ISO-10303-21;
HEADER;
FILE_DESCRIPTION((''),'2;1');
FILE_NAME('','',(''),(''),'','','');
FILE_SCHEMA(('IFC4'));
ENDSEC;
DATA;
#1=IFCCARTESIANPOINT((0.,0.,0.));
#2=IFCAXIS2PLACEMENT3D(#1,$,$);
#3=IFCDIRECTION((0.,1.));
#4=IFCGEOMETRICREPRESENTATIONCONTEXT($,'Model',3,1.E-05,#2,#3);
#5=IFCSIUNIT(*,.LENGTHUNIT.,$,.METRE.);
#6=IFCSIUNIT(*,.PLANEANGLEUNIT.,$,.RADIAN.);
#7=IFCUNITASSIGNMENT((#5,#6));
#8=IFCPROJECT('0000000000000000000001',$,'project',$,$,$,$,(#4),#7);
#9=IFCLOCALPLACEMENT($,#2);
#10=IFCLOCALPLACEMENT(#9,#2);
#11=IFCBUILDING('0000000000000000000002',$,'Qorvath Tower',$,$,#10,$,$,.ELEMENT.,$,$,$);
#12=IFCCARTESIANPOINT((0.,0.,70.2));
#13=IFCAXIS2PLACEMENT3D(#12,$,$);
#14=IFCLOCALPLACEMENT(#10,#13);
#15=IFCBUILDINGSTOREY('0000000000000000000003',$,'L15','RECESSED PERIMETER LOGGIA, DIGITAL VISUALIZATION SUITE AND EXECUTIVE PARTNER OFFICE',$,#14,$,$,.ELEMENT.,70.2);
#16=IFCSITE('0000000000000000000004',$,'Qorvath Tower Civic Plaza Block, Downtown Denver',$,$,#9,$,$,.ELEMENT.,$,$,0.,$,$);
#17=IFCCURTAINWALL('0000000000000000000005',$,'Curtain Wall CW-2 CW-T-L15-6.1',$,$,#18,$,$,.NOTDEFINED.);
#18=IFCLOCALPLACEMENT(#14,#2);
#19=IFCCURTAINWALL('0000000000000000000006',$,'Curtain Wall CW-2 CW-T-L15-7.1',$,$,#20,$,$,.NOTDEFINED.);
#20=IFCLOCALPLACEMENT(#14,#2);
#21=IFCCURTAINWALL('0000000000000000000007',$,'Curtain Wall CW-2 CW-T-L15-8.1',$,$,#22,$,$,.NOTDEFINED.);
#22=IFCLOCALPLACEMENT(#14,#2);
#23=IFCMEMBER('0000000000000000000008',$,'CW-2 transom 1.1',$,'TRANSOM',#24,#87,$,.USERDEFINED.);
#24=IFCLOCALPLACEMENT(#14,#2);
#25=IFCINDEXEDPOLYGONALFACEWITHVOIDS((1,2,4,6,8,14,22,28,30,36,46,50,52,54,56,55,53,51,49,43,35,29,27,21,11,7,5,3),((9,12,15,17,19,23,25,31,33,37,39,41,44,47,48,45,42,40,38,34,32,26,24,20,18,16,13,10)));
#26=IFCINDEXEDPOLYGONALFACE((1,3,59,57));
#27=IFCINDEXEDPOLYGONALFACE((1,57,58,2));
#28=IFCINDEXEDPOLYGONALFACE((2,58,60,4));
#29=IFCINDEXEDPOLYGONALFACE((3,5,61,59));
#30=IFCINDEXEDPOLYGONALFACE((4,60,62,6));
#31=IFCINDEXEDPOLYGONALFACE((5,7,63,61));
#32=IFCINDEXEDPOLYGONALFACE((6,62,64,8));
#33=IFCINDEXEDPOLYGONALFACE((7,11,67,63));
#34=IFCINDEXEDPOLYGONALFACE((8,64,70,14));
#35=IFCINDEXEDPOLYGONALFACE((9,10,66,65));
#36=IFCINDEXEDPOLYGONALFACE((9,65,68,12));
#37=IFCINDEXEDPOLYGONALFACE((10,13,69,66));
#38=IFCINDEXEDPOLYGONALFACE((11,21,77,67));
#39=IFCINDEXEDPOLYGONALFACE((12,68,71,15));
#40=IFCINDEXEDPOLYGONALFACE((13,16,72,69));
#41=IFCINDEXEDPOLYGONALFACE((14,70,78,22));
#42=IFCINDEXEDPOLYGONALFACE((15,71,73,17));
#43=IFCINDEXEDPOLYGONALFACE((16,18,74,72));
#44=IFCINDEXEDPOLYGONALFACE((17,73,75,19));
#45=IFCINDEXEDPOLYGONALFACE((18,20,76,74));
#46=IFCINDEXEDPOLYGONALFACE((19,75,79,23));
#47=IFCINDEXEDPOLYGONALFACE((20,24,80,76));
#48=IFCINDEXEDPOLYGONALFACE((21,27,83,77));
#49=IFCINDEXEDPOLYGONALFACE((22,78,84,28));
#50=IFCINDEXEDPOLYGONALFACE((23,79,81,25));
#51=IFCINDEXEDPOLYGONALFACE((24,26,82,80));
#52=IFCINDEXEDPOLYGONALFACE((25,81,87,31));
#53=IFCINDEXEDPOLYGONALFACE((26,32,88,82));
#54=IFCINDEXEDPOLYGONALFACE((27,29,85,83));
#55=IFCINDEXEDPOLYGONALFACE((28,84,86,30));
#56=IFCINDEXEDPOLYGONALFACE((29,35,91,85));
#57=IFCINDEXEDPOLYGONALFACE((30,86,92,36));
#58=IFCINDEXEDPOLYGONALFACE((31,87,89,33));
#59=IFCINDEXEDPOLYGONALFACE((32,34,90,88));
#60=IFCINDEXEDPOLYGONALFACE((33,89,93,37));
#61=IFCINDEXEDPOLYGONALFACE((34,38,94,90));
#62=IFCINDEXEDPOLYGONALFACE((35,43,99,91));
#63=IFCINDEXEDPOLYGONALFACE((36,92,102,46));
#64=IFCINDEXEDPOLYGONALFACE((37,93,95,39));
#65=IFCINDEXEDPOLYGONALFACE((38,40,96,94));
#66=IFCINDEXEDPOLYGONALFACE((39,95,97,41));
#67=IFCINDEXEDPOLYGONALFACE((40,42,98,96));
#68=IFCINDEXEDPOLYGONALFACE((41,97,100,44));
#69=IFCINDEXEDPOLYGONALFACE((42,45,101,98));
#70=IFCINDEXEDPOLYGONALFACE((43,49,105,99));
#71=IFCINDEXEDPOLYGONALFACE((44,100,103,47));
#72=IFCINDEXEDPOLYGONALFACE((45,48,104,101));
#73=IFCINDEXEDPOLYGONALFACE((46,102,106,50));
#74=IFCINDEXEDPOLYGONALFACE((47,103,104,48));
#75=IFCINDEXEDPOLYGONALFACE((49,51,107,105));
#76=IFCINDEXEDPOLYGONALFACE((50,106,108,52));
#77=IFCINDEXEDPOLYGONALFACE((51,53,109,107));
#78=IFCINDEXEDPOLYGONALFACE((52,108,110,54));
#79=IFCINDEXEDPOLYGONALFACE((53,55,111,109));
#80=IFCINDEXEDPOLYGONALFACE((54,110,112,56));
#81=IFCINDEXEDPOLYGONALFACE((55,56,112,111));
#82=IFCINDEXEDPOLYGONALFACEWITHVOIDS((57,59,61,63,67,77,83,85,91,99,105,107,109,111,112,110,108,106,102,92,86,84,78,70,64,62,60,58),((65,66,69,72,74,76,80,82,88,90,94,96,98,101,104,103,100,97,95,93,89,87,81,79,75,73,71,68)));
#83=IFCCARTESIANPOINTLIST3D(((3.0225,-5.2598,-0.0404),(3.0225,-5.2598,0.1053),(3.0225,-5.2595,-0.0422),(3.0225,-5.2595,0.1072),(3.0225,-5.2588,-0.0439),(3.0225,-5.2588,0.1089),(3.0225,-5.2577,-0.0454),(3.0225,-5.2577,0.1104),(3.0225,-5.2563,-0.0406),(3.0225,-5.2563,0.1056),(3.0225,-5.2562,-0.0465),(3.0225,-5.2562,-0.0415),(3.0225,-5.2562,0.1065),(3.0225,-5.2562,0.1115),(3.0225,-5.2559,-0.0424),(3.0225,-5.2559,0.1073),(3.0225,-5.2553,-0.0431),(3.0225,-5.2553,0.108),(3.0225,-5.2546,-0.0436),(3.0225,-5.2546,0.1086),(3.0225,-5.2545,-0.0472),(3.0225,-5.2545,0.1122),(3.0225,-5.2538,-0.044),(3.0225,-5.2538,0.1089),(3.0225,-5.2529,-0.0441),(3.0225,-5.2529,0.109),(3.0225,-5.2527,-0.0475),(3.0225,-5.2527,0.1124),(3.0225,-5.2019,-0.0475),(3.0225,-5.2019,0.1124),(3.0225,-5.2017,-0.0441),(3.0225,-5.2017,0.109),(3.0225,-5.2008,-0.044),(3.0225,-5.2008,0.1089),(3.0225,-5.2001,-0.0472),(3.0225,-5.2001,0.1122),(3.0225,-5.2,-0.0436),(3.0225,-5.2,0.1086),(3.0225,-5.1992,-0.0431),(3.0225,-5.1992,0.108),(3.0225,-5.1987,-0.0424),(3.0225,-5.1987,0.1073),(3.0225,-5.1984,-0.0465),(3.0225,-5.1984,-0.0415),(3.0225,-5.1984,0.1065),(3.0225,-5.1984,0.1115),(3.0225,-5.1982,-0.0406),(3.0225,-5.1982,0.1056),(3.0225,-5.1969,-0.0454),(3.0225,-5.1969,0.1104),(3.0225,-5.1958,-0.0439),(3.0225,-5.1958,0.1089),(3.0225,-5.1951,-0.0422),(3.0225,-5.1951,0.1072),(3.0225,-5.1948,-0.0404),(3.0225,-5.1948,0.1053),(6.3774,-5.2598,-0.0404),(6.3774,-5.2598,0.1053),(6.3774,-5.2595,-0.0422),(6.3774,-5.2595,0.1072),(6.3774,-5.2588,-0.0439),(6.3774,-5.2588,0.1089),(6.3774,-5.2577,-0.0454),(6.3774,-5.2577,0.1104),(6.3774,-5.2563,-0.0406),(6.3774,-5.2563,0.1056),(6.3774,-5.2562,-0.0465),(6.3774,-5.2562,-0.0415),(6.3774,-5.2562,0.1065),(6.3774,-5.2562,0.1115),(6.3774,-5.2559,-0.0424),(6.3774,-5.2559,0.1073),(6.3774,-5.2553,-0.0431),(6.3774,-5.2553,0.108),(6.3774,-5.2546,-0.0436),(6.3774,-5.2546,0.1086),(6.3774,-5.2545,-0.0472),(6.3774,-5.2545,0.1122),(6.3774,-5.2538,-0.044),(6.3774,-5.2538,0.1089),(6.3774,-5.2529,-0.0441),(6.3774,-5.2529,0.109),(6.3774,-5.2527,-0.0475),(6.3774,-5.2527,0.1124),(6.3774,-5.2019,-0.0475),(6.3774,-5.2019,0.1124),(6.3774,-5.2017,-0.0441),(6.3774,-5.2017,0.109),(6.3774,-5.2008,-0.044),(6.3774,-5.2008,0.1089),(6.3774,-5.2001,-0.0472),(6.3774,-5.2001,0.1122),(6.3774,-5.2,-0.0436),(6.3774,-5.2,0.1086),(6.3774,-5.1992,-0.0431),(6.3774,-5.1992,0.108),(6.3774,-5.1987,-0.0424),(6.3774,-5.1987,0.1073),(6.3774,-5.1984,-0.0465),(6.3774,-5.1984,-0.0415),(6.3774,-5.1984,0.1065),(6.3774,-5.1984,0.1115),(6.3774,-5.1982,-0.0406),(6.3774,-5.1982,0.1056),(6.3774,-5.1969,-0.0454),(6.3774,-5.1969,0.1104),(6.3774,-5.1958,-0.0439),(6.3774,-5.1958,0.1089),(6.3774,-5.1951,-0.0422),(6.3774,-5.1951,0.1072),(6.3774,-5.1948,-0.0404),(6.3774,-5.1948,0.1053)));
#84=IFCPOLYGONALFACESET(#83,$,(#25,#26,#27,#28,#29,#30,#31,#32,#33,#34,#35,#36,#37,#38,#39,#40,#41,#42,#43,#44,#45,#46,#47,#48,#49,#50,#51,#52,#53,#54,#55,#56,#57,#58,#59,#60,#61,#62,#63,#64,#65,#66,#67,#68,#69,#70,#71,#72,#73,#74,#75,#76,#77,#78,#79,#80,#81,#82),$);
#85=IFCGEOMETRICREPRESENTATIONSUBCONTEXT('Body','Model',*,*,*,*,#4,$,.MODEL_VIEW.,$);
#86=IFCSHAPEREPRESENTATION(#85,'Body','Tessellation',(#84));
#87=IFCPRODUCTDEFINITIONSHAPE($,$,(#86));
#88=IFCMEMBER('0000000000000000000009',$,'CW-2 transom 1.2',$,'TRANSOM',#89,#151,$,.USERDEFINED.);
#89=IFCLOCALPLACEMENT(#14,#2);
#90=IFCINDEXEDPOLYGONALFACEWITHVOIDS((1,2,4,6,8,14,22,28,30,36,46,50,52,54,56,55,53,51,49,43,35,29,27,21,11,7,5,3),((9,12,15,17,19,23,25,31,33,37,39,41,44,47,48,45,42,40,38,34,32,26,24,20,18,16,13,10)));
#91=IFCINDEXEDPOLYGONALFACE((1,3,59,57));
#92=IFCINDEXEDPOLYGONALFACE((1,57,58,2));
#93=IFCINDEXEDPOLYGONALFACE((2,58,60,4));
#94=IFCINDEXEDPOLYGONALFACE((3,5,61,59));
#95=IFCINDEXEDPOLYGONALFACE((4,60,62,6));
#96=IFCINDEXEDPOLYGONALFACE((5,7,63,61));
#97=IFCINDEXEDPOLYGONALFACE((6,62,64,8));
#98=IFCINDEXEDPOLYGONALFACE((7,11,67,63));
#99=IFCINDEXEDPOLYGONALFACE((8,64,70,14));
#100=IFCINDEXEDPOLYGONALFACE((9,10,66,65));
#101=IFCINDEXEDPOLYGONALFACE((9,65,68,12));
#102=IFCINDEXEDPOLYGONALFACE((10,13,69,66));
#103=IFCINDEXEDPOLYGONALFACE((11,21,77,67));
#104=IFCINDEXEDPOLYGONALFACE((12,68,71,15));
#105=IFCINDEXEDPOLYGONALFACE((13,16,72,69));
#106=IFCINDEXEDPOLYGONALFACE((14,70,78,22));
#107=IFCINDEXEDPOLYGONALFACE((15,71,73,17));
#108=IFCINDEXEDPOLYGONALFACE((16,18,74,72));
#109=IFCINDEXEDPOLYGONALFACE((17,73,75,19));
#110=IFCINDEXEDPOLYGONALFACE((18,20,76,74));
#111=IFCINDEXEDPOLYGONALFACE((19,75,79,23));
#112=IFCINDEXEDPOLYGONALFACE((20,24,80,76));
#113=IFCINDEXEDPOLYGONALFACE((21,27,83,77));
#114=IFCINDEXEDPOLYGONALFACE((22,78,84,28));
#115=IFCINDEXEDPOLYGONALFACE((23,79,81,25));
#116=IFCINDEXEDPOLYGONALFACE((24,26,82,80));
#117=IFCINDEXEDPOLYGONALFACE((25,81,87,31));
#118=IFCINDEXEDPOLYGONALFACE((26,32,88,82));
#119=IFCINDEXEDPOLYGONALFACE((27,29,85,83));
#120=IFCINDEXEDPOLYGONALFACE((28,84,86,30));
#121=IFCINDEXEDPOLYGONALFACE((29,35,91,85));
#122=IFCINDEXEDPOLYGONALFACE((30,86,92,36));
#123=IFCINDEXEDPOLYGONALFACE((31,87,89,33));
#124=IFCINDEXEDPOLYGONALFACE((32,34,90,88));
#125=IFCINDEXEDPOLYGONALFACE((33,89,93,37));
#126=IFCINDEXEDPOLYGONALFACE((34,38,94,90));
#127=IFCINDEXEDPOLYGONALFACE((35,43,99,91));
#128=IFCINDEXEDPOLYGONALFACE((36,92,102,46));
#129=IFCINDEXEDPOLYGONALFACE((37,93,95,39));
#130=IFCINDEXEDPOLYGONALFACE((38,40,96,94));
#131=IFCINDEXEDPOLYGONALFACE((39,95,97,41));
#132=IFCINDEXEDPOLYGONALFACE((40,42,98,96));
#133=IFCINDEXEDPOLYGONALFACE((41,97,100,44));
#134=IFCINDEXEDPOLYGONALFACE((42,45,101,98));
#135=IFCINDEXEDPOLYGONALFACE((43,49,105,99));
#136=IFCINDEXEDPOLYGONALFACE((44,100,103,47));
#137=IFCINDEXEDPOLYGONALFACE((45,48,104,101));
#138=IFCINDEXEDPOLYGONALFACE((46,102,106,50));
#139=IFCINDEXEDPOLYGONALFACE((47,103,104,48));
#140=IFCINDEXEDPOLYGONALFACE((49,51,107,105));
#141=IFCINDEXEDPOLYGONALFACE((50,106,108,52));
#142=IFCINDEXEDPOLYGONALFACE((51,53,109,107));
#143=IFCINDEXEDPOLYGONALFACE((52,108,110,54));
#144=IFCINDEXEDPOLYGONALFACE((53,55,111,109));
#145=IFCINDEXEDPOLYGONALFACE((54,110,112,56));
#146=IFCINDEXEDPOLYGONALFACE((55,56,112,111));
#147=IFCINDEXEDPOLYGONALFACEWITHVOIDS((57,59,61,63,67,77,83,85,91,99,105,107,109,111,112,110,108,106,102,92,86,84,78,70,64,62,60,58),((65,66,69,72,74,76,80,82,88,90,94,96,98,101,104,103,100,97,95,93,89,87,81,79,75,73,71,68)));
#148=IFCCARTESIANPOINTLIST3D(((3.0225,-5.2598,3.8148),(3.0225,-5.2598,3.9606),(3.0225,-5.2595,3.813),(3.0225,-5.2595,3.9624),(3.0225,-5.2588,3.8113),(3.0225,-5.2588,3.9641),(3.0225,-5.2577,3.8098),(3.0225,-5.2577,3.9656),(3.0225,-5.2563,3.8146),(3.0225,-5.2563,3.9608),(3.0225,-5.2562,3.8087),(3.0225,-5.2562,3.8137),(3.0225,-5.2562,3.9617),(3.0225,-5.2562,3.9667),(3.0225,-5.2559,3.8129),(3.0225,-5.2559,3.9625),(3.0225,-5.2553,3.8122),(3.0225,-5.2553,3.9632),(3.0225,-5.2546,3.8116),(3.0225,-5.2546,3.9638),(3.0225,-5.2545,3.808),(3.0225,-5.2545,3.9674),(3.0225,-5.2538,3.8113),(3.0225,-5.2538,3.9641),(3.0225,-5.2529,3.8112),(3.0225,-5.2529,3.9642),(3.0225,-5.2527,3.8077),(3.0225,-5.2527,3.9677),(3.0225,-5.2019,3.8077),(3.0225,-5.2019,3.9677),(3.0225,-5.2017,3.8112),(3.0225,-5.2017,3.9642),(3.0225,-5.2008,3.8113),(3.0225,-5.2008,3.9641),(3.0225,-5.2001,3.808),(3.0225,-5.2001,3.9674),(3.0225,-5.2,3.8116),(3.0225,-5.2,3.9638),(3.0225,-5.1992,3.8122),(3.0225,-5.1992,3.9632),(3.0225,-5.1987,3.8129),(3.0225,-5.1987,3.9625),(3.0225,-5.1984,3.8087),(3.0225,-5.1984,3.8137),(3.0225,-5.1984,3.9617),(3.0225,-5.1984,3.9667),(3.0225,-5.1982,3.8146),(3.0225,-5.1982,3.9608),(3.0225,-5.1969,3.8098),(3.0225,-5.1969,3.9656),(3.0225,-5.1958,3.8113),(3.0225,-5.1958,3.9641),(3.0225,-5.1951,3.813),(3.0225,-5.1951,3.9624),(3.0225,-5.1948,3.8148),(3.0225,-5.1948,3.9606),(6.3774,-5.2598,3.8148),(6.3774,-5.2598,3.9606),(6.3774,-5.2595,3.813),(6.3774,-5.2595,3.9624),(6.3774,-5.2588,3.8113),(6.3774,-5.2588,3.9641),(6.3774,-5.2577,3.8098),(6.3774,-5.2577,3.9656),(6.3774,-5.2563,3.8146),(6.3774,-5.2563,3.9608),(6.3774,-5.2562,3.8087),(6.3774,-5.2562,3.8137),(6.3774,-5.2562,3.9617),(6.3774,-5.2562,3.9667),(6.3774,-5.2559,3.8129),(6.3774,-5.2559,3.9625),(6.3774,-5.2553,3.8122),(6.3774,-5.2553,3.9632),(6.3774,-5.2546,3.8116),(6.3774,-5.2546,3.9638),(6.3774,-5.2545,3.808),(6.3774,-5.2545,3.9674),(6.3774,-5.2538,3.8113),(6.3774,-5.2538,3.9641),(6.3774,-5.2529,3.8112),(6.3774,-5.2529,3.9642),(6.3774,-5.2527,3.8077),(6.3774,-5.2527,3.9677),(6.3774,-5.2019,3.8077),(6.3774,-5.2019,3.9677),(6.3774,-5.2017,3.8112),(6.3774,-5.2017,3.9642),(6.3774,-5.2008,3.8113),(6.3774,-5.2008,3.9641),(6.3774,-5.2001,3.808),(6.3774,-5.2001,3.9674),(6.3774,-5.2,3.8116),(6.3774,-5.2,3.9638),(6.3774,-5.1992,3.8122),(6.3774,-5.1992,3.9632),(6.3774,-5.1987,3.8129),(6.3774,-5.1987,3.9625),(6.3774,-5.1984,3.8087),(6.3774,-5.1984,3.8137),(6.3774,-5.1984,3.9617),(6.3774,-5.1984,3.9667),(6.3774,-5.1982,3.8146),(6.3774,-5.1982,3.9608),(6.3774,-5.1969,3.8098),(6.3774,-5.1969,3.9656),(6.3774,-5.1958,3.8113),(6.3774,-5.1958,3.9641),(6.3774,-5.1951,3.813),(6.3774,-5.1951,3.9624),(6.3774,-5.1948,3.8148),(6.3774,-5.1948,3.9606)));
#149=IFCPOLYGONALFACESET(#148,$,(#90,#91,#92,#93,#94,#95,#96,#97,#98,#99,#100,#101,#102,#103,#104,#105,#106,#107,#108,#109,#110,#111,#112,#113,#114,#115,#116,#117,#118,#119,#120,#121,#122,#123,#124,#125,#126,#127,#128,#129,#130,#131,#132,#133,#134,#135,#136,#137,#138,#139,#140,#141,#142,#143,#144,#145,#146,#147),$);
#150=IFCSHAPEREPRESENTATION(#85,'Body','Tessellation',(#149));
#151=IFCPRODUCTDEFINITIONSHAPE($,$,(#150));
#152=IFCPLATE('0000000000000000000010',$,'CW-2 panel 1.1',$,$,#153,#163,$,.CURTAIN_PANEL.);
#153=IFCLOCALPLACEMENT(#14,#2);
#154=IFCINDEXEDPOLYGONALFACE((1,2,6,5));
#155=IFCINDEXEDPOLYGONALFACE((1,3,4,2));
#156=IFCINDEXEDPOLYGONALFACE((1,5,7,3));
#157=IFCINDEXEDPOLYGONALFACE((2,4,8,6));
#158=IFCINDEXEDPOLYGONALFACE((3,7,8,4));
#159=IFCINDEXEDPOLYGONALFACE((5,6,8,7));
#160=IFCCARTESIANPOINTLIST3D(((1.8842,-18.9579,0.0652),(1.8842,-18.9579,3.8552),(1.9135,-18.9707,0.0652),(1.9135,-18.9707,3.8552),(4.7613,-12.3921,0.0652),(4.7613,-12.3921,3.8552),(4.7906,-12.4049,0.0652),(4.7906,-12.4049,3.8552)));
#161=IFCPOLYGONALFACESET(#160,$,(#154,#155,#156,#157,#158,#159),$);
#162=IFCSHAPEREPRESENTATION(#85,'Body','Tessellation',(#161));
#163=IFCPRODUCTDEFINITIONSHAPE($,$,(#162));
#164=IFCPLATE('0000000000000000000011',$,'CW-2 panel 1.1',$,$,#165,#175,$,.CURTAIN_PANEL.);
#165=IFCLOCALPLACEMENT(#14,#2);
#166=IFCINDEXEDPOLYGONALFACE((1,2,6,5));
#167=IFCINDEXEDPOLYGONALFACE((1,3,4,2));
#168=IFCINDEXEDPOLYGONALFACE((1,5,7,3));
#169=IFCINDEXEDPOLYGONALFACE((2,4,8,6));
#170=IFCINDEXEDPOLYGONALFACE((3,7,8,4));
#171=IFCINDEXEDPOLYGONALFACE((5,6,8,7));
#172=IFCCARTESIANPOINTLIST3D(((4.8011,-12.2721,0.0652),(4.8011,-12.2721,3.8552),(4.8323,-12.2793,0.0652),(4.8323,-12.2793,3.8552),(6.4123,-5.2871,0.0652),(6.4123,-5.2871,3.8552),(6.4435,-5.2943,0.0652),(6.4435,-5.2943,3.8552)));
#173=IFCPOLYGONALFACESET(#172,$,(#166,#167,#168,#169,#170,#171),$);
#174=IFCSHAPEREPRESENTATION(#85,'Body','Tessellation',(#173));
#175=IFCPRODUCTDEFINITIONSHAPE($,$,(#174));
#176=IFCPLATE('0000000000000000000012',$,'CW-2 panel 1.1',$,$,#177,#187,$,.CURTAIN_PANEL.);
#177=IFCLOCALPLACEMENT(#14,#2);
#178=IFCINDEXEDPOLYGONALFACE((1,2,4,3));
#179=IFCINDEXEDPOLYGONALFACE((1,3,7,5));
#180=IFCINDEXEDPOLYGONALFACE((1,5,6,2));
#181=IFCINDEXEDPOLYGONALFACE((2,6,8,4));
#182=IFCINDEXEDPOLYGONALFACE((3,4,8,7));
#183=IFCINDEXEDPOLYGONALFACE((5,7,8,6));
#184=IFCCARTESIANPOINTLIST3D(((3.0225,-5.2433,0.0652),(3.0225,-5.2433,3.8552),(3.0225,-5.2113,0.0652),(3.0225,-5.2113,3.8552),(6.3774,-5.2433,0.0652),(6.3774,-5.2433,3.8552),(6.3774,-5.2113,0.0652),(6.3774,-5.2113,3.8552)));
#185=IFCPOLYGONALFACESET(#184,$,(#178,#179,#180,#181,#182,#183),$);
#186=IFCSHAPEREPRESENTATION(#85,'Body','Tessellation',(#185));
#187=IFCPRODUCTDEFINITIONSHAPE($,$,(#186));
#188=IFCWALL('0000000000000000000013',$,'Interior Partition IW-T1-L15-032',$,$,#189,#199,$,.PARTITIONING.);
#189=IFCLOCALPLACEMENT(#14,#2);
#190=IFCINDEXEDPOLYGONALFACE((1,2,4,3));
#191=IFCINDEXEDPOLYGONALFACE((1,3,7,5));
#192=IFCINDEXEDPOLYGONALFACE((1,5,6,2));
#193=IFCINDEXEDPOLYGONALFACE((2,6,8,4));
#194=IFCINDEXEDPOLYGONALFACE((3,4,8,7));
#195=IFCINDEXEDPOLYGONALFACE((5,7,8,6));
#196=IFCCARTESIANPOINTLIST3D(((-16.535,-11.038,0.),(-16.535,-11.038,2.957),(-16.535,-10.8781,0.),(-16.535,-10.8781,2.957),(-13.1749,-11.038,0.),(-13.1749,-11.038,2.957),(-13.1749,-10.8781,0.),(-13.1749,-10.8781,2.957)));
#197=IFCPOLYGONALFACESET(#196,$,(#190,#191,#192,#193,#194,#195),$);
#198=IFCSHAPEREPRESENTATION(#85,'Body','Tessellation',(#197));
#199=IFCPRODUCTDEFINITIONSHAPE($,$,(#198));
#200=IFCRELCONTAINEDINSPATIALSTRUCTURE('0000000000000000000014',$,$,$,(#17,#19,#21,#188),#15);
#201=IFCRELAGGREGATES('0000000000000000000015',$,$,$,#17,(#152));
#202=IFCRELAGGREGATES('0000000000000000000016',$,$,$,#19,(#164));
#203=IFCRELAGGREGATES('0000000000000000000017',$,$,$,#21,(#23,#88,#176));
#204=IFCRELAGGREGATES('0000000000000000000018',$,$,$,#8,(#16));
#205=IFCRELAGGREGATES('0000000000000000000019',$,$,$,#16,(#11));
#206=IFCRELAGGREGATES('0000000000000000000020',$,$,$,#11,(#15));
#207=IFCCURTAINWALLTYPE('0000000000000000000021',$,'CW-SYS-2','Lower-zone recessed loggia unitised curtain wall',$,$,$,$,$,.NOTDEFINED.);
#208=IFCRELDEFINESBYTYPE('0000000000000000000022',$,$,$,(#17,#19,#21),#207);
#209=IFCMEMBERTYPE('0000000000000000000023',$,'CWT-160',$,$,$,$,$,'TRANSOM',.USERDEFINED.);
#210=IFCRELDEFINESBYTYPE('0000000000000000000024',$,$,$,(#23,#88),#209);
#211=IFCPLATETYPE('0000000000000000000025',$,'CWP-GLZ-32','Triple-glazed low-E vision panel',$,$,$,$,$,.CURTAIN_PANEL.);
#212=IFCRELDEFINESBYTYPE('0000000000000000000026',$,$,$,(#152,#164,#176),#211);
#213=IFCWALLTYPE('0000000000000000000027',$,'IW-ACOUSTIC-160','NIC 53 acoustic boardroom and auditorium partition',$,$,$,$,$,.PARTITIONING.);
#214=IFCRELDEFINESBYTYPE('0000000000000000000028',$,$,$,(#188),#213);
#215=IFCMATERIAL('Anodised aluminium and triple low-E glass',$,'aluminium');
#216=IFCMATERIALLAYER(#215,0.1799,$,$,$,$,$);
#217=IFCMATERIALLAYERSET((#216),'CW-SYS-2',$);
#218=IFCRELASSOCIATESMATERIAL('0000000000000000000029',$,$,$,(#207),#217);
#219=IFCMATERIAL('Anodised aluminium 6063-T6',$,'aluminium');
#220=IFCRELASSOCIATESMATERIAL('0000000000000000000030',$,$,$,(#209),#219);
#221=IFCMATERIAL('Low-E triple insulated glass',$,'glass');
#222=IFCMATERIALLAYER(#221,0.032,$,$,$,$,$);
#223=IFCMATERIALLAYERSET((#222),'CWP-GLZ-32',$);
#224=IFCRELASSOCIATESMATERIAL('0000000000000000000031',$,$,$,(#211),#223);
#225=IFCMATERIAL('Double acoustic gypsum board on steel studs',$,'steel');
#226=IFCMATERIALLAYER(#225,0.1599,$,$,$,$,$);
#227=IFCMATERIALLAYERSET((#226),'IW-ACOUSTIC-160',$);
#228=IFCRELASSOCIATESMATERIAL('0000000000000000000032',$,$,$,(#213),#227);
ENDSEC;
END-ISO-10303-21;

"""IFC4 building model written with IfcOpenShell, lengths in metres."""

from ifc_helpers import new_model, si_unit, direction, frame, frame_2d, origin, origin_2d, place, context, subcontext, project, spatial, rectangle, hollow_rectangle, extrude, material, layer, layer_set, material_profile, profile_set, type_object, element, aggregate, save


model = new_model("IFC4")

# Units and contexts
model_context = context("Model", 3, precision=1e-05, world=origin(), true_north=direction((0.0, 1.0)))
body_context = subcontext(model_context, "Body", "Model", "MODEL_VIEW")
ifc_project = project(units=[si_unit("LENGTHUNIT", "METRE"), si_unit("PLANEANGLEUNIT", "RADIAN")], contexts=[model_context])

# Site, building, storey
site_placement = place(None, origin())
site = spatial("IfcSite", under=ifc_project, at=site_placement, Name="Qorvath Tower Civic Plaza Block, Downtown Denver", CompositionType="ELEMENT", RefElevation=0.0)
building_placement = place(site_placement, origin())
building = spatial("IfcBuilding", under=site, at=building_placement, Name="Qorvath Tower", CompositionType="ELEMENT")
storey_placement = place(building_placement, frame((0.0, 0.0, 70.2)))
storey = spatial("IfcBuildingStorey", under=building, at=storey_placement, Name="L15", Description="RECESSED PERIMETER LOGGIA, DIGITAL VISUALIZATION SUITE AND EXECUTIVE PARTNER OFFICE", CompositionType="ELEMENT", Elevation=70.2)

# Curtain wall
ifc_material_1 = material(Name="Anodised aluminium and triple low-E glass", Category="aluminium")
ifc_layer_1 = layer(ifc_material_1, 0.1799)
ifc_layer_set_1 = layer_set([ifc_layer_1], Name="CW-SYS-2")
curtain_wall_type = type_object("IfcCurtainWallType", Name="CW-SYS-2", Description="Lower-zone recessed loggia unitised curtain wall", PredefinedType="NOTDEFINED", material=ifc_layer_set_1)
curtain_wall_1_placement = place(storey_placement, origin())
curtain_wall_1 = element("IfcCurtainWall", 1, at=curtain_wall_1_placement, inside=storey, type_object=curtain_wall_type, Name="Curtain Wall CW-2 CW-T-L15-6.1", PredefinedType="NOTDEFINED")

# Curtain walls
curtain_wall_2_placement = place(storey_placement, origin())
curtain_wall_2 = element("IfcCurtainWall", 2, at=curtain_wall_2_placement, inside=storey, type_object=curtain_wall_type, Name="Curtain Wall CW-2 CW-T-L15-7.1", PredefinedType="NOTDEFINED")
curtain_wall_3_placement = place(storey_placement, origin())
curtain_wall_3 = element("IfcCurtainWall", 3, at=curtain_wall_3_placement, inside=storey, type_object=curtain_wall_type, Name="Curtain Wall CW-2 CW-T-L15-8.1", PredefinedType="NOTDEFINED")

# Members
ifc_material_2 = material(Name="Anodised aluminium 6063-T6", Category="aluminium")
ifc_material_profile_1 = material_profile(ifc_material_2, hollow_rectangle(XDim=0.0649, YDim=0.1599, WallThickness=0.0034, InnerFilletRadius=0.0034, OuterFilletRadius=0.0071, at=origin_2d()), Name="CWT 160x65")
ifc_profile_set_1 = profile_set([ifc_material_profile_1], Name="Anodised aluminium 6063-T6")
member_type_1 = type_object("IfcMemberType", Name="CWT-160", ElementType="TRANSOM", PredefinedType="USERDEFINED", material=ifc_profile_set_1)
member_1_placement = place(storey_placement, frame((6.3774, -5.2273, 0.0325), z_axis=(-1.0, 0.0, 0.0), x_axis=(0.0, -1.0, 0.0)))
member_1 = element("IfcMember", 4, at=member_1_placement, type_object=member_type_1, Name="CW-2 transom 1.1", ObjectType="TRANSOM", PredefinedType="USERDEFINED", context=body_context, shape_type="SweptSolid", body=[
    extrude(hollow_rectangle(XDim=0.0649, YDim=0.1599, WallThickness=0.0034, InnerFilletRadius=0.0034, OuterFilletRadius=0.0071, at=origin_2d()), origin(), (0.0, 0.0, 1.0), 3.355),
])
member_2_placement = place(storey_placement, frame((6.3774, -5.2273, 3.8877), z_axis=(-1.0, 0.0, 0.0), x_axis=(0.0, -1.0, 0.0)))
member_2 = element("IfcMember", 5, at=member_2_placement, type_object=member_type_1, Name="CW-2 transom 1.2", ObjectType="TRANSOM", PredefinedType="USERDEFINED", context=body_context, shape_type="SweptSolid", body=[
    extrude(hollow_rectangle(XDim=0.0649, YDim=0.1599, WallThickness=0.0034, InnerFilletRadius=0.0034, OuterFilletRadius=0.0071, at=origin_2d()), origin(), (0.0, 0.0, 1.0), 3.355),
])

# Plates
ifc_material_3 = material(Name="Low-E triple insulated glass", Category="glass")
ifc_layer_2 = layer(ifc_material_3, 0.032)
ifc_layer_set_2 = layer_set([ifc_layer_2], Name="CWP-GLZ-32")
plate_type = type_object("IfcPlateType", Name="CWP-GLZ-32", Description="Triple-glazed low-E vision panel", PredefinedType="CURTAIN_PANEL", material=ifc_layer_set_2)
plate_1_placement = place(storey_placement, frame((3.3374, -15.6814, 0.0652), z_axis=(0.0, 0.0, 1.0), x_axis=(0.401348, 0.915926, 0.0)))
plate_1 = element("IfcPlate", 6, at=plate_1_placement, type_object=plate_type, Name="CW-2 panel 1.1", PredefinedType="CURTAIN_PANEL", context=body_context, shape_type="SweptSolid", body=[
    extrude(rectangle(XDim=7.1685, YDim=0.032, at=origin_2d()), origin(), (0.0, 0.0, 1.0), 3.79),
])
aggregate(curtain_wall_1, [plate_1])
plate_2_placement = place(storey_placement, frame((5.6223, -8.7832, 0.0652), z_axis=(0.0, 0.0, 1.0), x_axis=(0.224763, 0.974413, 0.0)))
plate_2 = element("IfcPlate", 7, at=plate_2_placement, type_object=plate_type, Name="CW-2 panel 1.1", PredefinedType="CURTAIN_PANEL", context=body_context, shape_type="SweptSolid", body=[
    extrude(rectangle(XDim=7.1685, YDim=0.032, at=origin_2d()), origin(), (0.0, 0.0, 1.0), 3.79),
])
aggregate(curtain_wall_2, [plate_2])
plate_3_placement = place(storey_placement, frame((4.7, -5.2273, 0.0652), z_axis=(0.0, 0.0, 1.0), x_axis=(-1.0, 0.0, 0.0)))
plate_3 = element("IfcPlate", 8, at=plate_3_placement, type_object=plate_type, Name="CW-2 panel 1.1", PredefinedType="CURTAIN_PANEL", context=body_context, shape_type="SweptSolid", body=[
    extrude(rectangle(XDim=3.355, YDim=0.032, at=origin_2d()), origin(), (0.0, 0.0, 1.0), 3.79),
])
aggregate(curtain_wall_3, [member_1, member_2, plate_3])

# Wall
ifc_material_4 = material(Name="Double acoustic gypsum board on steel studs", Category="steel")
ifc_layer_3 = layer(ifc_material_4, 0.1599)
ifc_layer_set_3 = layer_set([ifc_layer_3], Name="IW-ACOUSTIC-160")
wall_type_1 = type_object("IfcWallType", Name="IW-ACOUSTIC-160", Description="NIC 53 acoustic boardroom and auditorium partition", PredefinedType="PARTITIONING", material=ifc_layer_set_3)
wall_1_placement = place(storey_placement, frame((-13.1748, -10.958, 0.0), z_axis=(0.0, 0.0, 1.0), x_axis=(-1.0, 0.0, 0.0)))
element("IfcWall", 9, at=wall_1_placement, inside=storey, type_object=wall_type_1, Name="Interior Partition IW-T1-L15-032", PredefinedType="PARTITIONING", context=body_context, shape_type="SweptSolid", body=[
    extrude(rectangle(XDim=3.3601, YDim=0.1599, at=frame_2d((1.6802, 0.0))), origin(), (0.0, 0.0, 1.0), 2.957),
])

save(model, "model.ifc")
